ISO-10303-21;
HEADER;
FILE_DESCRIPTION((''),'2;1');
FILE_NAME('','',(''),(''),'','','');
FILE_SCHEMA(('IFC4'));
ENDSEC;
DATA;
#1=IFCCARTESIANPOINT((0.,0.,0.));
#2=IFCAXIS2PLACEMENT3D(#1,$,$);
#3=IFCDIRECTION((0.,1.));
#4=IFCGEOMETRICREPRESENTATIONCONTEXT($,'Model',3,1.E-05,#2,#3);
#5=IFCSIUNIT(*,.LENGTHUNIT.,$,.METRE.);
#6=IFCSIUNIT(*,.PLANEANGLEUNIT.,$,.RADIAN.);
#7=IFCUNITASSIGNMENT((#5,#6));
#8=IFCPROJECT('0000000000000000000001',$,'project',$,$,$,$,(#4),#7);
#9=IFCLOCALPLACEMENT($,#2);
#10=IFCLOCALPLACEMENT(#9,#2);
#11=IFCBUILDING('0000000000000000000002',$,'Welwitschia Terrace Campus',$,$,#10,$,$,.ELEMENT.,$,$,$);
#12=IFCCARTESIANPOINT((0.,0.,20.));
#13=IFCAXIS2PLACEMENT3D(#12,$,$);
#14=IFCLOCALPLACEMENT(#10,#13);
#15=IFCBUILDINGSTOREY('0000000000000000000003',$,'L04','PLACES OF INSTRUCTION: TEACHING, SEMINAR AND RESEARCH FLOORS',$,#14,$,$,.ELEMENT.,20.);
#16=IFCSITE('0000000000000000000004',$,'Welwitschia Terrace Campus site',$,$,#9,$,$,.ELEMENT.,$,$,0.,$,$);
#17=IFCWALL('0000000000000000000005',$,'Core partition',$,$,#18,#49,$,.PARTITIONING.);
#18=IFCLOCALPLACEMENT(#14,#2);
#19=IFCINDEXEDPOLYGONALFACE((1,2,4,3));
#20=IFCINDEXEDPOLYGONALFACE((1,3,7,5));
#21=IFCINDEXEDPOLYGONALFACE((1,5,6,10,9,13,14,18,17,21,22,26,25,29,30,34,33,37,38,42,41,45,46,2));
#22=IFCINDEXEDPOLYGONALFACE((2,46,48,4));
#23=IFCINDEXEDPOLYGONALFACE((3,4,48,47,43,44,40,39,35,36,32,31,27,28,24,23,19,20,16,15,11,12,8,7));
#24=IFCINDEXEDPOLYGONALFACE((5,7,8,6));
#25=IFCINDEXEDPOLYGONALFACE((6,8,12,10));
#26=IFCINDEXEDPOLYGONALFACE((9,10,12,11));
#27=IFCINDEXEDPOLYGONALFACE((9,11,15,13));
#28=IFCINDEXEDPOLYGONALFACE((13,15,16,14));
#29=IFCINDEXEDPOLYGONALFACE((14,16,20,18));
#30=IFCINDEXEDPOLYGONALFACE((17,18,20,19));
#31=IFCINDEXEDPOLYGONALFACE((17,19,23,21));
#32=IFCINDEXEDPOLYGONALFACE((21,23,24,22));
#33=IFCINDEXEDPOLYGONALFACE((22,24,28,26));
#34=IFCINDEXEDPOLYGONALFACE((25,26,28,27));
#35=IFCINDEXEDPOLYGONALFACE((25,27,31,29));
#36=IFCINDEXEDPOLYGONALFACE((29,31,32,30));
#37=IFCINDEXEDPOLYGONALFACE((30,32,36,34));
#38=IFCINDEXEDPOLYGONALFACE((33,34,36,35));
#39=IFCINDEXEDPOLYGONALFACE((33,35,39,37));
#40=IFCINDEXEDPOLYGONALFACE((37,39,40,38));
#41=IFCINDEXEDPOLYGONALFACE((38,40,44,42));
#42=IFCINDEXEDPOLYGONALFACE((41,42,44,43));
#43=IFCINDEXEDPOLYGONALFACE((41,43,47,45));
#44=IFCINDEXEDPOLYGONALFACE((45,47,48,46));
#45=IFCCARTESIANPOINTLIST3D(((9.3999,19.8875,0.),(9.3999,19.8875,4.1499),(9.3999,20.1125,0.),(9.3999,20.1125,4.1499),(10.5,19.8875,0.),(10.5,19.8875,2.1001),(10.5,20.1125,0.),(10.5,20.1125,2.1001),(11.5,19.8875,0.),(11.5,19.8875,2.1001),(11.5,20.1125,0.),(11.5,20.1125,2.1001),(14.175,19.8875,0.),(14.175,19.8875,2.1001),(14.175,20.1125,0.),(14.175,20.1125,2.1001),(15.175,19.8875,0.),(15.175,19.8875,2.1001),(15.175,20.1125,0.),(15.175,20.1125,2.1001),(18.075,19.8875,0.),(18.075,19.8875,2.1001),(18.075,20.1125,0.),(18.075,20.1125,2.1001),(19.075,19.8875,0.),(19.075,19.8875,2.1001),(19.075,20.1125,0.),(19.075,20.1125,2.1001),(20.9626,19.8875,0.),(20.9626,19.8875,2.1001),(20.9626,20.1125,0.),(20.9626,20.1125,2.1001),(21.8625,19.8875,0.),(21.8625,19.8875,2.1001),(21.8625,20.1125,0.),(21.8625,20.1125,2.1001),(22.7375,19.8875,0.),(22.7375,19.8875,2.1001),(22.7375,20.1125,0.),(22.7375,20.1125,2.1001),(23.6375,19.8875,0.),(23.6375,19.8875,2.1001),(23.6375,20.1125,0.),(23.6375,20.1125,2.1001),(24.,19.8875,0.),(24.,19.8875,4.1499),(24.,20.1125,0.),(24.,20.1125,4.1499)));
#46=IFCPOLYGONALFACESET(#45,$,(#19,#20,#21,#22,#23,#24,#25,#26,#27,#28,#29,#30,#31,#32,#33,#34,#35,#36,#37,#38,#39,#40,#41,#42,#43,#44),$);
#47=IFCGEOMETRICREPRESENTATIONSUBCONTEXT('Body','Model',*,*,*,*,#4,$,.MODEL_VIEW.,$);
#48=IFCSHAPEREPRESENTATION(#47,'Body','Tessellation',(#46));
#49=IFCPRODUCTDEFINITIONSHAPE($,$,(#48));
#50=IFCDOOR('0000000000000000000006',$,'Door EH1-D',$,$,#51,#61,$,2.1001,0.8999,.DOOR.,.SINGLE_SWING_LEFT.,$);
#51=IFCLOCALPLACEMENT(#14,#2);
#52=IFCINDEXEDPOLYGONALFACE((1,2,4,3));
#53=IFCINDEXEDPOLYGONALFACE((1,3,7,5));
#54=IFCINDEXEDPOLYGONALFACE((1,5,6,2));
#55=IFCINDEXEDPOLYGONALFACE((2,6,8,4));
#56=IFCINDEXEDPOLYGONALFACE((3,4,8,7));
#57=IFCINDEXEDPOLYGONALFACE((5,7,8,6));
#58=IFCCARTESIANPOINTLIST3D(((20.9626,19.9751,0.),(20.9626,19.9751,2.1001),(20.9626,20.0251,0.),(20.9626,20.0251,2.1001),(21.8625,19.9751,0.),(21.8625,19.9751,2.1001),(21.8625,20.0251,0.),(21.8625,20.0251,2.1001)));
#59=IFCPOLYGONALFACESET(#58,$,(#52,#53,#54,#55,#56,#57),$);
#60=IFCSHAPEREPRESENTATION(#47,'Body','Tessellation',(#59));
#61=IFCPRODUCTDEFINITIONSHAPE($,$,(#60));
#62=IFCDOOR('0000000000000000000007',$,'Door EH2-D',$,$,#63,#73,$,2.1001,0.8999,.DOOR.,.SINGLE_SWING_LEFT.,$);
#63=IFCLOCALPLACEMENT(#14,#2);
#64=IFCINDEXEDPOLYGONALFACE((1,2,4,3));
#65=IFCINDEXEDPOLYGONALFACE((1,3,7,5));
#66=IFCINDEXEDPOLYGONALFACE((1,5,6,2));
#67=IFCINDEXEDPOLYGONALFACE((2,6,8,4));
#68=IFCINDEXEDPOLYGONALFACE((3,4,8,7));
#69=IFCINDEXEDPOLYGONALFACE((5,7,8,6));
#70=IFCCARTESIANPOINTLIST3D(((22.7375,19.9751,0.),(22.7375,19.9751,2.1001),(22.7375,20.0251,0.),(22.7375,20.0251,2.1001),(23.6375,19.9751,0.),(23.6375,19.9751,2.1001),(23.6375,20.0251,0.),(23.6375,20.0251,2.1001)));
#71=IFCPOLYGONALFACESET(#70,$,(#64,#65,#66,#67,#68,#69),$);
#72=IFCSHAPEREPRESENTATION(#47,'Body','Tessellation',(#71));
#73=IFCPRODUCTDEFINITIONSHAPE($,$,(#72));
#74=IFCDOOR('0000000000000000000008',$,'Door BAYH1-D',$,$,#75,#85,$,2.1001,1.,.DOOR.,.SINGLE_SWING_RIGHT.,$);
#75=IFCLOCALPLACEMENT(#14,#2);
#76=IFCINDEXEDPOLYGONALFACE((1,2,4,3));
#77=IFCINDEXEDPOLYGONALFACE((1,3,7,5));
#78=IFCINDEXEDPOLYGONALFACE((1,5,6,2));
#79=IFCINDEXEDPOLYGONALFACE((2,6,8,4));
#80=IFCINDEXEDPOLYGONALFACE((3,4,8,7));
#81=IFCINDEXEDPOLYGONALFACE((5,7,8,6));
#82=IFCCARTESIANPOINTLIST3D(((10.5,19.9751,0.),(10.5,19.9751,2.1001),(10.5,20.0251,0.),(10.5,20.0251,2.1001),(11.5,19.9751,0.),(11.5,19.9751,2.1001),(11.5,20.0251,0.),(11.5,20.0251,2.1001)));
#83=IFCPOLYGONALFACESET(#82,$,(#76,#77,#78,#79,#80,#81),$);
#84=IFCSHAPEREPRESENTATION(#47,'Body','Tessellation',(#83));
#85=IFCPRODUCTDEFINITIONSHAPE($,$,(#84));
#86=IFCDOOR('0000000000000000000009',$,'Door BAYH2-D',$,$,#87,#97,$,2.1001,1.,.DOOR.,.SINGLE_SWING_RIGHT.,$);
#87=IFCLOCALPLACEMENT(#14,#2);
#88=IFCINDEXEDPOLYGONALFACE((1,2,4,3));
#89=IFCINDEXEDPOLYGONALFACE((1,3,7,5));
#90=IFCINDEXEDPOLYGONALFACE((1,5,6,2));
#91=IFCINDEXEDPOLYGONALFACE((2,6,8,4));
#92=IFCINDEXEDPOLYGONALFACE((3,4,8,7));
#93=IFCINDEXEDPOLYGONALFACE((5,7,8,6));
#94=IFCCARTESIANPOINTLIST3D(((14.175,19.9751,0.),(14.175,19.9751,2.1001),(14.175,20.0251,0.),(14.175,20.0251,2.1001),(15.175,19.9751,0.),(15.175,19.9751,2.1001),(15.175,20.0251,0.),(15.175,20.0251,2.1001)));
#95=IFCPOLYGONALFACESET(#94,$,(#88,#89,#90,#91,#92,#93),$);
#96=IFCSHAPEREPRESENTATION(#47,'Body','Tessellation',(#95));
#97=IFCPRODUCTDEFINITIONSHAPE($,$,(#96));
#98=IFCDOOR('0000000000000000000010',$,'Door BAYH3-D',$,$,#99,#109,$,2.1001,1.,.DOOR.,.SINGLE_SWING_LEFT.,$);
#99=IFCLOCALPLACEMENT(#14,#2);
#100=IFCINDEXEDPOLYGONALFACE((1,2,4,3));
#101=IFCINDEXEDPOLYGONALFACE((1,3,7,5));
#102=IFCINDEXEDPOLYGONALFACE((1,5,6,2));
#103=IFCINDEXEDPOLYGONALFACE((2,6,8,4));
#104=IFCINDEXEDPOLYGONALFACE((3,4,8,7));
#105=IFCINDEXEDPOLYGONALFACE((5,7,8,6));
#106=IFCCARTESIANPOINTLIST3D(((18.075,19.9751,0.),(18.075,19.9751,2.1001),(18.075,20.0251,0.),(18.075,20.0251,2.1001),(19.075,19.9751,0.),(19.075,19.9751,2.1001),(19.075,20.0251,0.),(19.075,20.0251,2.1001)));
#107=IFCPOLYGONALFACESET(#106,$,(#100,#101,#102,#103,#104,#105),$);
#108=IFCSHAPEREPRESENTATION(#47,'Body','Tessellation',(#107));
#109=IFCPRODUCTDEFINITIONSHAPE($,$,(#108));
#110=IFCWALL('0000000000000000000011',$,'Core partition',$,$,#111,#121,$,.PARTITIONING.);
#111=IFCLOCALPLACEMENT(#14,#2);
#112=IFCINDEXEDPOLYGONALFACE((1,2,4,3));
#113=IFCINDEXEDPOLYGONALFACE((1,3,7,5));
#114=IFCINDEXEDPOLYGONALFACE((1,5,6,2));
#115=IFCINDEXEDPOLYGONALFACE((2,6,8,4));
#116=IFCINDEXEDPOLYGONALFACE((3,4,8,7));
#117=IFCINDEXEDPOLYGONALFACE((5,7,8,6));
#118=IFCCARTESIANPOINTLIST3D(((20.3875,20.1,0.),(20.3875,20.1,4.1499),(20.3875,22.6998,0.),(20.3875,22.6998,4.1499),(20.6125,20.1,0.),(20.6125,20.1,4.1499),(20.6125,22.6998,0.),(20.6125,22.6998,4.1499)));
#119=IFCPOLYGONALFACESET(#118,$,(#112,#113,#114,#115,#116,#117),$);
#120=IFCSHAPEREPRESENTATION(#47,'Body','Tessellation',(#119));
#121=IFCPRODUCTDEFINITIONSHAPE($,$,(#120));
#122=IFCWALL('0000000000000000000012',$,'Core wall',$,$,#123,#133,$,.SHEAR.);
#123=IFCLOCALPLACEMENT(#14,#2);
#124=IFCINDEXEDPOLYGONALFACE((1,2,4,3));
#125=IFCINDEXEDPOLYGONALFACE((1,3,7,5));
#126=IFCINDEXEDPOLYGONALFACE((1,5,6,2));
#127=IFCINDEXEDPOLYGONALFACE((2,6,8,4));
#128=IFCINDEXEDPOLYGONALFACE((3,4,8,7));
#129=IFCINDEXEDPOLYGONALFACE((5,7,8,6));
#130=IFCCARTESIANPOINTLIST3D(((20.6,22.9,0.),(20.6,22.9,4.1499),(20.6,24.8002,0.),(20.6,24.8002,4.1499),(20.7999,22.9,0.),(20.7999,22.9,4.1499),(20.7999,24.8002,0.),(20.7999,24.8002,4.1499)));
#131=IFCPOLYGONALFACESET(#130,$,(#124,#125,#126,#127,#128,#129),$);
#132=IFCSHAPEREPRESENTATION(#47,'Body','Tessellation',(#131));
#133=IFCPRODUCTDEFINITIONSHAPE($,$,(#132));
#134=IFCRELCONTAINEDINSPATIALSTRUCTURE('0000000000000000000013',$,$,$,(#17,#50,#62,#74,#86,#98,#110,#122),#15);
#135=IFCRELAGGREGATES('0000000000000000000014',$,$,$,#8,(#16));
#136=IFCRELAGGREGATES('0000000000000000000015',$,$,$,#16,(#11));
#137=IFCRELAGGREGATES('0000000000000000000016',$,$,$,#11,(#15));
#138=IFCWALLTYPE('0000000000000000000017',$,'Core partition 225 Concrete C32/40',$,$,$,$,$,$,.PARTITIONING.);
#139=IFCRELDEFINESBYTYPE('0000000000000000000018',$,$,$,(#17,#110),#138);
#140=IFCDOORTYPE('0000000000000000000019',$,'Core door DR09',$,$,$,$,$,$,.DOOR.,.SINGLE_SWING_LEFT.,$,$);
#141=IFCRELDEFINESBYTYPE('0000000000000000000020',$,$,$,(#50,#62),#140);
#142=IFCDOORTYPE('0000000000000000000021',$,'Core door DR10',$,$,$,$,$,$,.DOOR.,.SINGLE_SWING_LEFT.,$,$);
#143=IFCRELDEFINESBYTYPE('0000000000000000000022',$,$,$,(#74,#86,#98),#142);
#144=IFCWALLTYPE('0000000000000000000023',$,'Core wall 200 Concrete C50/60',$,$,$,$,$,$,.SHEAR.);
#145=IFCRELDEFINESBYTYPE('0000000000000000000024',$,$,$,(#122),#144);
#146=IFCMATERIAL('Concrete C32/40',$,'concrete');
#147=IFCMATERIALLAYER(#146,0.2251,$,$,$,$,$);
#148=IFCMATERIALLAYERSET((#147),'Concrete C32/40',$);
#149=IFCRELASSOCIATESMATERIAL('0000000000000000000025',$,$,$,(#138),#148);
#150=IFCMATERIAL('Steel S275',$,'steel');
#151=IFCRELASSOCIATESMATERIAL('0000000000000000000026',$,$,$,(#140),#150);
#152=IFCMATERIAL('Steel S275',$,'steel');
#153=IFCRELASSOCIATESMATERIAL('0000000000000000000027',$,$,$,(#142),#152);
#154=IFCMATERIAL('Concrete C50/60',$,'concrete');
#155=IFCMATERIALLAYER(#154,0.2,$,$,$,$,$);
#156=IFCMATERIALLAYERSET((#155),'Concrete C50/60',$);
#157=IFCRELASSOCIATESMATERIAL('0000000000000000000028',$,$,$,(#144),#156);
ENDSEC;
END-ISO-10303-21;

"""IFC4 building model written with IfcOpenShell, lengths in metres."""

from ifc_helpers import new_model, si_unit, direction, frame, frame_2d, origin, place, context, subcontext, project, spatial, rectangle, extrude, material, layer, layer_set, type_object, element, fill, save


model = new_model("IFC4")

# Units and contexts
model_context = context("Model", 3, precision=1e-05, world=origin(), true_north=direction((0.0, 1.0)))
body_context = subcontext(model_context, "Body", "Model", "MODEL_VIEW")
ifc_project = project(units=[si_unit("LENGTHUNIT", "METRE"), si_unit("PLANEANGLEUNIT", "RADIAN")], contexts=[model_context])

# Site, building, storey
site_placement = place(None, origin())
site = spatial("IfcSite", under=ifc_project, at=site_placement, Name="Welwitschia Terrace Campus site", CompositionType="ELEMENT", RefElevation=0.0)
building_placement = place(site_placement, origin())
building = spatial("IfcBuilding", under=site, at=building_placement, Name="Welwitschia Terrace Campus", CompositionType="ELEMENT")
storey_placement = place(building_placement, frame((0.0, 0.0, 20.0)))
storey = spatial("IfcBuildingStorey", under=building, at=storey_placement, Name="L04", Description="PLACES OF INSTRUCTION: TEACHING, SEMINAR AND RESEARCH FLOORS", CompositionType="ELEMENT", Elevation=20.0)

# Wall, openings, doors
ifc_material_1 = material(Name="Concrete C32/40", Category="concrete")
ifc_layer_1 = layer(ifc_material_1, 0.2251)
ifc_layer_set_1 = layer_set([ifc_layer_1], Name="Concrete C32/40")
wall_type_1 = type_object("IfcWallType", Name="Core partition 225 Concrete C32/40", PredefinedType="PARTITIONING", material=ifc_layer_set_1)
wall_1_placement = place(storey_placement, frame((24.0, 20.0, 0.0), z_axis=(0.0, 0.0, 1.0), x_axis=(-1.0, 0.0, 0.0)))
wall_1 = element("IfcWall", 1, at=wall_1_placement, inside=storey, type_object=wall_type_1, Name="Core partition", PredefinedType="PARTITIONING", context=body_context, shape_type="SweptSolid", body=[
    extrude(rectangle(XDim=14.6001, YDim=0.2251, at=frame_2d((7.3, 0.0))), origin(), (0.0, 0.0, 1.0), 4.1499),
])
opening_1_placement = place(wall_1_placement, frame((12.5, 0.0, 0.0)))
opening_1 = element("IfcOpeningElement", 2, at=opening_1_placement, cuts=wall_1, PredefinedType="OPENING", context=body_context, shape_type="SweptSolid", body=[
    extrude(rectangle(XDim=1.0, YDim=2.1001, at=frame_2d((0.5, 1.05))), frame((0.0, 0.1226, 0.0), z_axis=(0.0, -1.0, 0.0), x_axis=(1.0, 0.0, 0.0)), (0.0, 0.0, 1.0), 0.2451),
])
opening_2_placement = place(wall_1_placement, frame((8.825, 0.0, 0.0)))
opening_2 = element("IfcOpeningElement", 3, at=opening_2_placement, cuts=wall_1, PredefinedType="OPENING", context=body_context, shape_type="SweptSolid", body=[
    extrude(rectangle(XDim=1.0, YDim=2.1001, at=frame_2d((0.5, 1.05))), frame((0.0, 0.1226, 0.0), z_axis=(0.0, -1.0, 0.0), x_axis=(1.0, 0.0, 0.0)), (0.0, 0.0, 1.0), 0.2451),
])
opening_3_placement = place(wall_1_placement, frame((4.925, 0.0, 0.0)))
opening_3 = element("IfcOpeningElement", 4, at=opening_3_placement, cuts=wall_1, PredefinedType="OPENING", context=body_context, shape_type="SweptSolid", body=[
    extrude(rectangle(XDim=1.0, YDim=2.1001, at=frame_2d((0.5, 1.05))), frame((0.0, 0.1226, 0.0), z_axis=(0.0, -1.0, 0.0), x_axis=(1.0, 0.0, 0.0)), (0.0, 0.0, 1.0), 0.2451),
])
opening_4_placement = place(wall_1_placement, frame((2.1375, 0.0, 0.0)))
opening_4 = element("IfcOpeningElement", 5, at=opening_4_placement, cuts=wall_1, PredefinedType="OPENING", context=body_context, shape_type="SweptSolid", body=[
    extrude(rectangle(XDim=0.8999, YDim=2.1001, at=frame_2d((0.45, 1.05))), frame((0.0, 0.1226, 0.0), z_axis=(0.0, -1.0, 0.0), x_axis=(1.0, 0.0, 0.0)), (0.0, 0.0, 1.0), 0.2451),
])
opening_5_placement = place(wall_1_placement, frame((0.3625, 0.0, 0.0)))
opening_5 = element("IfcOpeningElement", 6, at=opening_5_placement, cuts=wall_1, PredefinedType="OPENING", context=body_context, shape_type="SweptSolid", body=[
    extrude(rectangle(XDim=0.8999, YDim=2.1001, at=frame_2d((0.45, 1.05))), frame((0.0, 0.1226, 0.0), z_axis=(0.0, -1.0, 0.0), x_axis=(1.0, 0.0, 0.0)), (0.0, 0.0, 1.0), 0.2451),
])
ifc_material_2 = material(Name="Steel S275", Category="steel")
door_type_1 = type_object("IfcDoorType", Name="Core door DR09", OperationType="SINGLE_SWING_LEFT", PredefinedType="DOOR", material=ifc_material_2)
door_1_placement = place(opening_4_placement, origin())
door_1 = element("IfcDoor", 7, at=door_1_placement, inside=storey, type_object=door_type_1, Name="Door EH1-D", OperationType="SINGLE_SWING_LEFT", OverallHeight=2.1001, OverallWidth=0.8999, PredefinedType="DOOR", context=body_context, shape_type="SweptSolid", body=[
    extrude(rectangle(XDim=0.8999, YDim=2.1001, at=frame_2d((0.45, 1.05))), frame((0.0, 0.0249, 0.0), z_axis=(0.0, -1.0, 0.0), x_axis=(1.0, 0.0, 0.0)), (0.0, 0.0, 1.0), 0.05),
])
fill(opening_4, door_1)
door_2_placement = place(opening_5_placement, origin())
door_2 = element("IfcDoor", 8, at=door_2_placement, inside=storey, type_object=door_type_1, Name="Door EH2-D", OperationType="SINGLE_SWING_LEFT", OverallHeight=2.1001, OverallWidth=0.8999, PredefinedType="DOOR", context=body_context, shape_type="SweptSolid", body=[
    extrude(rectangle(XDim=0.8999, YDim=2.1001, at=frame_2d((0.45, 1.05))), frame((0.0, 0.0249, 0.0), z_axis=(0.0, -1.0, 0.0), x_axis=(1.0, 0.0, 0.0)), (0.0, 0.0, 1.0), 0.05),
])
fill(opening_5, door_2)
ifc_material_3 = material(Name="Steel S275", Category="steel")
door_type_2 = type_object("IfcDoorType", Name="Core door DR10", OperationType="SINGLE_SWING_LEFT", PredefinedType="DOOR", material=ifc_material_3)
door_3_placement = place(opening_1_placement, origin())
door_3 = element("IfcDoor", 9, at=door_3_placement, inside=storey, type_object=door_type_2, Name="Door BAYH1-D", OperationType="SINGLE_SWING_RIGHT", OverallHeight=2.1001, OverallWidth=1.0, PredefinedType="DOOR", context=body_context, shape_type="SweptSolid", body=[
    extrude(rectangle(XDim=1.0, YDim=2.1001, at=frame_2d((0.5, 1.05))), frame((0.0, 0.0249, 0.0), z_axis=(0.0, -1.0, 0.0), x_axis=(1.0, 0.0, 0.0)), (0.0, 0.0, 1.0), 0.05),
])
fill(opening_1, door_3)
door_4_placement = place(opening_2_placement, origin())
door_4 = element("IfcDoor", 10, at=door_4_placement, inside=storey, type_object=door_type_2, Name="Door BAYH2-D", OperationType="SINGLE_SWING_RIGHT", OverallHeight=2.1001, OverallWidth=1.0, PredefinedType="DOOR", context=body_context, shape_type="SweptSolid", body=[
    extrude(rectangle(XDim=1.0, YDim=2.1001, at=frame_2d((0.5, 1.05))), frame((0.0, 0.0249, 0.0), z_axis=(0.0, -1.0, 0.0), x_axis=(1.0, 0.0, 0.0)), (0.0, 0.0, 1.0), 0.05),
])
fill(opening_2, door_4)
door_5_placement = place(opening_3_placement, origin())
door_5 = element("IfcDoor", 11, at=door_5_placement, inside=storey, type_object=door_type_2, Name="Door BAYH3-D", OperationType="SINGLE_SWING_LEFT", OverallHeight=2.1001, OverallWidth=1.0, PredefinedType="DOOR", context=body_context, shape_type="SweptSolid", body=[
    extrude(rectangle(XDim=1.0, YDim=2.1001, at=frame_2d((0.5, 1.05))), frame((0.0, 0.0249, 0.0), z_axis=(0.0, -1.0, 0.0), x_axis=(1.0, 0.0, 0.0)), (0.0, 0.0, 1.0), 0.05),
])
fill(opening_3, door_5)

# Walls
wall_2_placement = place(storey_placement, frame((20.5, 20.1001, 0.0), z_axis=(0.0, 0.0, 1.0), x_axis=(0.0, 1.0, 0.0)))
element("IfcWall", 12, at=wall_2_placement, inside=storey, type_object=wall_type_1, Name="Core partition", PredefinedType="PARTITIONING", context=body_context, shape_type="SweptSolid", body=[
    extrude(rectangle(XDim=2.5999, YDim=0.2251, at=frame_2d((1.2998, 0.0))), origin(), (0.0, 0.0, 1.0), 4.1499),
])
ifc_material_4 = material(Name="Concrete C50/60", Category="concrete")
ifc_layer_2 = layer(ifc_material_4, 0.2)
ifc_layer_set_2 = layer_set([ifc_layer_2], Name="Concrete C50/60")
wall_type_2 = type_object("IfcWallType", Name="Core wall 200 Concrete C50/60", PredefinedType="SHEAR", material=ifc_layer_set_2)
wall_3_placement = place(storey_placement, frame((20.7, 22.8999, 0.0), z_axis=(0.0, 0.0, 1.0), x_axis=(0.0, 1.0, 0.0)))
element("IfcWall", 13, at=wall_3_placement, inside=storey, type_object=wall_type_2, Name="Core wall", PredefinedType="SHEAR", context=body_context, shape_type="SweptSolid", body=[
    extrude(rectangle(XDim=1.9001, YDim=0.2, at=frame_2d((0.9502, 0.0))), origin(), (0.0, 0.0, 1.0), 4.1499),
])

save(model, "model.ifc")
